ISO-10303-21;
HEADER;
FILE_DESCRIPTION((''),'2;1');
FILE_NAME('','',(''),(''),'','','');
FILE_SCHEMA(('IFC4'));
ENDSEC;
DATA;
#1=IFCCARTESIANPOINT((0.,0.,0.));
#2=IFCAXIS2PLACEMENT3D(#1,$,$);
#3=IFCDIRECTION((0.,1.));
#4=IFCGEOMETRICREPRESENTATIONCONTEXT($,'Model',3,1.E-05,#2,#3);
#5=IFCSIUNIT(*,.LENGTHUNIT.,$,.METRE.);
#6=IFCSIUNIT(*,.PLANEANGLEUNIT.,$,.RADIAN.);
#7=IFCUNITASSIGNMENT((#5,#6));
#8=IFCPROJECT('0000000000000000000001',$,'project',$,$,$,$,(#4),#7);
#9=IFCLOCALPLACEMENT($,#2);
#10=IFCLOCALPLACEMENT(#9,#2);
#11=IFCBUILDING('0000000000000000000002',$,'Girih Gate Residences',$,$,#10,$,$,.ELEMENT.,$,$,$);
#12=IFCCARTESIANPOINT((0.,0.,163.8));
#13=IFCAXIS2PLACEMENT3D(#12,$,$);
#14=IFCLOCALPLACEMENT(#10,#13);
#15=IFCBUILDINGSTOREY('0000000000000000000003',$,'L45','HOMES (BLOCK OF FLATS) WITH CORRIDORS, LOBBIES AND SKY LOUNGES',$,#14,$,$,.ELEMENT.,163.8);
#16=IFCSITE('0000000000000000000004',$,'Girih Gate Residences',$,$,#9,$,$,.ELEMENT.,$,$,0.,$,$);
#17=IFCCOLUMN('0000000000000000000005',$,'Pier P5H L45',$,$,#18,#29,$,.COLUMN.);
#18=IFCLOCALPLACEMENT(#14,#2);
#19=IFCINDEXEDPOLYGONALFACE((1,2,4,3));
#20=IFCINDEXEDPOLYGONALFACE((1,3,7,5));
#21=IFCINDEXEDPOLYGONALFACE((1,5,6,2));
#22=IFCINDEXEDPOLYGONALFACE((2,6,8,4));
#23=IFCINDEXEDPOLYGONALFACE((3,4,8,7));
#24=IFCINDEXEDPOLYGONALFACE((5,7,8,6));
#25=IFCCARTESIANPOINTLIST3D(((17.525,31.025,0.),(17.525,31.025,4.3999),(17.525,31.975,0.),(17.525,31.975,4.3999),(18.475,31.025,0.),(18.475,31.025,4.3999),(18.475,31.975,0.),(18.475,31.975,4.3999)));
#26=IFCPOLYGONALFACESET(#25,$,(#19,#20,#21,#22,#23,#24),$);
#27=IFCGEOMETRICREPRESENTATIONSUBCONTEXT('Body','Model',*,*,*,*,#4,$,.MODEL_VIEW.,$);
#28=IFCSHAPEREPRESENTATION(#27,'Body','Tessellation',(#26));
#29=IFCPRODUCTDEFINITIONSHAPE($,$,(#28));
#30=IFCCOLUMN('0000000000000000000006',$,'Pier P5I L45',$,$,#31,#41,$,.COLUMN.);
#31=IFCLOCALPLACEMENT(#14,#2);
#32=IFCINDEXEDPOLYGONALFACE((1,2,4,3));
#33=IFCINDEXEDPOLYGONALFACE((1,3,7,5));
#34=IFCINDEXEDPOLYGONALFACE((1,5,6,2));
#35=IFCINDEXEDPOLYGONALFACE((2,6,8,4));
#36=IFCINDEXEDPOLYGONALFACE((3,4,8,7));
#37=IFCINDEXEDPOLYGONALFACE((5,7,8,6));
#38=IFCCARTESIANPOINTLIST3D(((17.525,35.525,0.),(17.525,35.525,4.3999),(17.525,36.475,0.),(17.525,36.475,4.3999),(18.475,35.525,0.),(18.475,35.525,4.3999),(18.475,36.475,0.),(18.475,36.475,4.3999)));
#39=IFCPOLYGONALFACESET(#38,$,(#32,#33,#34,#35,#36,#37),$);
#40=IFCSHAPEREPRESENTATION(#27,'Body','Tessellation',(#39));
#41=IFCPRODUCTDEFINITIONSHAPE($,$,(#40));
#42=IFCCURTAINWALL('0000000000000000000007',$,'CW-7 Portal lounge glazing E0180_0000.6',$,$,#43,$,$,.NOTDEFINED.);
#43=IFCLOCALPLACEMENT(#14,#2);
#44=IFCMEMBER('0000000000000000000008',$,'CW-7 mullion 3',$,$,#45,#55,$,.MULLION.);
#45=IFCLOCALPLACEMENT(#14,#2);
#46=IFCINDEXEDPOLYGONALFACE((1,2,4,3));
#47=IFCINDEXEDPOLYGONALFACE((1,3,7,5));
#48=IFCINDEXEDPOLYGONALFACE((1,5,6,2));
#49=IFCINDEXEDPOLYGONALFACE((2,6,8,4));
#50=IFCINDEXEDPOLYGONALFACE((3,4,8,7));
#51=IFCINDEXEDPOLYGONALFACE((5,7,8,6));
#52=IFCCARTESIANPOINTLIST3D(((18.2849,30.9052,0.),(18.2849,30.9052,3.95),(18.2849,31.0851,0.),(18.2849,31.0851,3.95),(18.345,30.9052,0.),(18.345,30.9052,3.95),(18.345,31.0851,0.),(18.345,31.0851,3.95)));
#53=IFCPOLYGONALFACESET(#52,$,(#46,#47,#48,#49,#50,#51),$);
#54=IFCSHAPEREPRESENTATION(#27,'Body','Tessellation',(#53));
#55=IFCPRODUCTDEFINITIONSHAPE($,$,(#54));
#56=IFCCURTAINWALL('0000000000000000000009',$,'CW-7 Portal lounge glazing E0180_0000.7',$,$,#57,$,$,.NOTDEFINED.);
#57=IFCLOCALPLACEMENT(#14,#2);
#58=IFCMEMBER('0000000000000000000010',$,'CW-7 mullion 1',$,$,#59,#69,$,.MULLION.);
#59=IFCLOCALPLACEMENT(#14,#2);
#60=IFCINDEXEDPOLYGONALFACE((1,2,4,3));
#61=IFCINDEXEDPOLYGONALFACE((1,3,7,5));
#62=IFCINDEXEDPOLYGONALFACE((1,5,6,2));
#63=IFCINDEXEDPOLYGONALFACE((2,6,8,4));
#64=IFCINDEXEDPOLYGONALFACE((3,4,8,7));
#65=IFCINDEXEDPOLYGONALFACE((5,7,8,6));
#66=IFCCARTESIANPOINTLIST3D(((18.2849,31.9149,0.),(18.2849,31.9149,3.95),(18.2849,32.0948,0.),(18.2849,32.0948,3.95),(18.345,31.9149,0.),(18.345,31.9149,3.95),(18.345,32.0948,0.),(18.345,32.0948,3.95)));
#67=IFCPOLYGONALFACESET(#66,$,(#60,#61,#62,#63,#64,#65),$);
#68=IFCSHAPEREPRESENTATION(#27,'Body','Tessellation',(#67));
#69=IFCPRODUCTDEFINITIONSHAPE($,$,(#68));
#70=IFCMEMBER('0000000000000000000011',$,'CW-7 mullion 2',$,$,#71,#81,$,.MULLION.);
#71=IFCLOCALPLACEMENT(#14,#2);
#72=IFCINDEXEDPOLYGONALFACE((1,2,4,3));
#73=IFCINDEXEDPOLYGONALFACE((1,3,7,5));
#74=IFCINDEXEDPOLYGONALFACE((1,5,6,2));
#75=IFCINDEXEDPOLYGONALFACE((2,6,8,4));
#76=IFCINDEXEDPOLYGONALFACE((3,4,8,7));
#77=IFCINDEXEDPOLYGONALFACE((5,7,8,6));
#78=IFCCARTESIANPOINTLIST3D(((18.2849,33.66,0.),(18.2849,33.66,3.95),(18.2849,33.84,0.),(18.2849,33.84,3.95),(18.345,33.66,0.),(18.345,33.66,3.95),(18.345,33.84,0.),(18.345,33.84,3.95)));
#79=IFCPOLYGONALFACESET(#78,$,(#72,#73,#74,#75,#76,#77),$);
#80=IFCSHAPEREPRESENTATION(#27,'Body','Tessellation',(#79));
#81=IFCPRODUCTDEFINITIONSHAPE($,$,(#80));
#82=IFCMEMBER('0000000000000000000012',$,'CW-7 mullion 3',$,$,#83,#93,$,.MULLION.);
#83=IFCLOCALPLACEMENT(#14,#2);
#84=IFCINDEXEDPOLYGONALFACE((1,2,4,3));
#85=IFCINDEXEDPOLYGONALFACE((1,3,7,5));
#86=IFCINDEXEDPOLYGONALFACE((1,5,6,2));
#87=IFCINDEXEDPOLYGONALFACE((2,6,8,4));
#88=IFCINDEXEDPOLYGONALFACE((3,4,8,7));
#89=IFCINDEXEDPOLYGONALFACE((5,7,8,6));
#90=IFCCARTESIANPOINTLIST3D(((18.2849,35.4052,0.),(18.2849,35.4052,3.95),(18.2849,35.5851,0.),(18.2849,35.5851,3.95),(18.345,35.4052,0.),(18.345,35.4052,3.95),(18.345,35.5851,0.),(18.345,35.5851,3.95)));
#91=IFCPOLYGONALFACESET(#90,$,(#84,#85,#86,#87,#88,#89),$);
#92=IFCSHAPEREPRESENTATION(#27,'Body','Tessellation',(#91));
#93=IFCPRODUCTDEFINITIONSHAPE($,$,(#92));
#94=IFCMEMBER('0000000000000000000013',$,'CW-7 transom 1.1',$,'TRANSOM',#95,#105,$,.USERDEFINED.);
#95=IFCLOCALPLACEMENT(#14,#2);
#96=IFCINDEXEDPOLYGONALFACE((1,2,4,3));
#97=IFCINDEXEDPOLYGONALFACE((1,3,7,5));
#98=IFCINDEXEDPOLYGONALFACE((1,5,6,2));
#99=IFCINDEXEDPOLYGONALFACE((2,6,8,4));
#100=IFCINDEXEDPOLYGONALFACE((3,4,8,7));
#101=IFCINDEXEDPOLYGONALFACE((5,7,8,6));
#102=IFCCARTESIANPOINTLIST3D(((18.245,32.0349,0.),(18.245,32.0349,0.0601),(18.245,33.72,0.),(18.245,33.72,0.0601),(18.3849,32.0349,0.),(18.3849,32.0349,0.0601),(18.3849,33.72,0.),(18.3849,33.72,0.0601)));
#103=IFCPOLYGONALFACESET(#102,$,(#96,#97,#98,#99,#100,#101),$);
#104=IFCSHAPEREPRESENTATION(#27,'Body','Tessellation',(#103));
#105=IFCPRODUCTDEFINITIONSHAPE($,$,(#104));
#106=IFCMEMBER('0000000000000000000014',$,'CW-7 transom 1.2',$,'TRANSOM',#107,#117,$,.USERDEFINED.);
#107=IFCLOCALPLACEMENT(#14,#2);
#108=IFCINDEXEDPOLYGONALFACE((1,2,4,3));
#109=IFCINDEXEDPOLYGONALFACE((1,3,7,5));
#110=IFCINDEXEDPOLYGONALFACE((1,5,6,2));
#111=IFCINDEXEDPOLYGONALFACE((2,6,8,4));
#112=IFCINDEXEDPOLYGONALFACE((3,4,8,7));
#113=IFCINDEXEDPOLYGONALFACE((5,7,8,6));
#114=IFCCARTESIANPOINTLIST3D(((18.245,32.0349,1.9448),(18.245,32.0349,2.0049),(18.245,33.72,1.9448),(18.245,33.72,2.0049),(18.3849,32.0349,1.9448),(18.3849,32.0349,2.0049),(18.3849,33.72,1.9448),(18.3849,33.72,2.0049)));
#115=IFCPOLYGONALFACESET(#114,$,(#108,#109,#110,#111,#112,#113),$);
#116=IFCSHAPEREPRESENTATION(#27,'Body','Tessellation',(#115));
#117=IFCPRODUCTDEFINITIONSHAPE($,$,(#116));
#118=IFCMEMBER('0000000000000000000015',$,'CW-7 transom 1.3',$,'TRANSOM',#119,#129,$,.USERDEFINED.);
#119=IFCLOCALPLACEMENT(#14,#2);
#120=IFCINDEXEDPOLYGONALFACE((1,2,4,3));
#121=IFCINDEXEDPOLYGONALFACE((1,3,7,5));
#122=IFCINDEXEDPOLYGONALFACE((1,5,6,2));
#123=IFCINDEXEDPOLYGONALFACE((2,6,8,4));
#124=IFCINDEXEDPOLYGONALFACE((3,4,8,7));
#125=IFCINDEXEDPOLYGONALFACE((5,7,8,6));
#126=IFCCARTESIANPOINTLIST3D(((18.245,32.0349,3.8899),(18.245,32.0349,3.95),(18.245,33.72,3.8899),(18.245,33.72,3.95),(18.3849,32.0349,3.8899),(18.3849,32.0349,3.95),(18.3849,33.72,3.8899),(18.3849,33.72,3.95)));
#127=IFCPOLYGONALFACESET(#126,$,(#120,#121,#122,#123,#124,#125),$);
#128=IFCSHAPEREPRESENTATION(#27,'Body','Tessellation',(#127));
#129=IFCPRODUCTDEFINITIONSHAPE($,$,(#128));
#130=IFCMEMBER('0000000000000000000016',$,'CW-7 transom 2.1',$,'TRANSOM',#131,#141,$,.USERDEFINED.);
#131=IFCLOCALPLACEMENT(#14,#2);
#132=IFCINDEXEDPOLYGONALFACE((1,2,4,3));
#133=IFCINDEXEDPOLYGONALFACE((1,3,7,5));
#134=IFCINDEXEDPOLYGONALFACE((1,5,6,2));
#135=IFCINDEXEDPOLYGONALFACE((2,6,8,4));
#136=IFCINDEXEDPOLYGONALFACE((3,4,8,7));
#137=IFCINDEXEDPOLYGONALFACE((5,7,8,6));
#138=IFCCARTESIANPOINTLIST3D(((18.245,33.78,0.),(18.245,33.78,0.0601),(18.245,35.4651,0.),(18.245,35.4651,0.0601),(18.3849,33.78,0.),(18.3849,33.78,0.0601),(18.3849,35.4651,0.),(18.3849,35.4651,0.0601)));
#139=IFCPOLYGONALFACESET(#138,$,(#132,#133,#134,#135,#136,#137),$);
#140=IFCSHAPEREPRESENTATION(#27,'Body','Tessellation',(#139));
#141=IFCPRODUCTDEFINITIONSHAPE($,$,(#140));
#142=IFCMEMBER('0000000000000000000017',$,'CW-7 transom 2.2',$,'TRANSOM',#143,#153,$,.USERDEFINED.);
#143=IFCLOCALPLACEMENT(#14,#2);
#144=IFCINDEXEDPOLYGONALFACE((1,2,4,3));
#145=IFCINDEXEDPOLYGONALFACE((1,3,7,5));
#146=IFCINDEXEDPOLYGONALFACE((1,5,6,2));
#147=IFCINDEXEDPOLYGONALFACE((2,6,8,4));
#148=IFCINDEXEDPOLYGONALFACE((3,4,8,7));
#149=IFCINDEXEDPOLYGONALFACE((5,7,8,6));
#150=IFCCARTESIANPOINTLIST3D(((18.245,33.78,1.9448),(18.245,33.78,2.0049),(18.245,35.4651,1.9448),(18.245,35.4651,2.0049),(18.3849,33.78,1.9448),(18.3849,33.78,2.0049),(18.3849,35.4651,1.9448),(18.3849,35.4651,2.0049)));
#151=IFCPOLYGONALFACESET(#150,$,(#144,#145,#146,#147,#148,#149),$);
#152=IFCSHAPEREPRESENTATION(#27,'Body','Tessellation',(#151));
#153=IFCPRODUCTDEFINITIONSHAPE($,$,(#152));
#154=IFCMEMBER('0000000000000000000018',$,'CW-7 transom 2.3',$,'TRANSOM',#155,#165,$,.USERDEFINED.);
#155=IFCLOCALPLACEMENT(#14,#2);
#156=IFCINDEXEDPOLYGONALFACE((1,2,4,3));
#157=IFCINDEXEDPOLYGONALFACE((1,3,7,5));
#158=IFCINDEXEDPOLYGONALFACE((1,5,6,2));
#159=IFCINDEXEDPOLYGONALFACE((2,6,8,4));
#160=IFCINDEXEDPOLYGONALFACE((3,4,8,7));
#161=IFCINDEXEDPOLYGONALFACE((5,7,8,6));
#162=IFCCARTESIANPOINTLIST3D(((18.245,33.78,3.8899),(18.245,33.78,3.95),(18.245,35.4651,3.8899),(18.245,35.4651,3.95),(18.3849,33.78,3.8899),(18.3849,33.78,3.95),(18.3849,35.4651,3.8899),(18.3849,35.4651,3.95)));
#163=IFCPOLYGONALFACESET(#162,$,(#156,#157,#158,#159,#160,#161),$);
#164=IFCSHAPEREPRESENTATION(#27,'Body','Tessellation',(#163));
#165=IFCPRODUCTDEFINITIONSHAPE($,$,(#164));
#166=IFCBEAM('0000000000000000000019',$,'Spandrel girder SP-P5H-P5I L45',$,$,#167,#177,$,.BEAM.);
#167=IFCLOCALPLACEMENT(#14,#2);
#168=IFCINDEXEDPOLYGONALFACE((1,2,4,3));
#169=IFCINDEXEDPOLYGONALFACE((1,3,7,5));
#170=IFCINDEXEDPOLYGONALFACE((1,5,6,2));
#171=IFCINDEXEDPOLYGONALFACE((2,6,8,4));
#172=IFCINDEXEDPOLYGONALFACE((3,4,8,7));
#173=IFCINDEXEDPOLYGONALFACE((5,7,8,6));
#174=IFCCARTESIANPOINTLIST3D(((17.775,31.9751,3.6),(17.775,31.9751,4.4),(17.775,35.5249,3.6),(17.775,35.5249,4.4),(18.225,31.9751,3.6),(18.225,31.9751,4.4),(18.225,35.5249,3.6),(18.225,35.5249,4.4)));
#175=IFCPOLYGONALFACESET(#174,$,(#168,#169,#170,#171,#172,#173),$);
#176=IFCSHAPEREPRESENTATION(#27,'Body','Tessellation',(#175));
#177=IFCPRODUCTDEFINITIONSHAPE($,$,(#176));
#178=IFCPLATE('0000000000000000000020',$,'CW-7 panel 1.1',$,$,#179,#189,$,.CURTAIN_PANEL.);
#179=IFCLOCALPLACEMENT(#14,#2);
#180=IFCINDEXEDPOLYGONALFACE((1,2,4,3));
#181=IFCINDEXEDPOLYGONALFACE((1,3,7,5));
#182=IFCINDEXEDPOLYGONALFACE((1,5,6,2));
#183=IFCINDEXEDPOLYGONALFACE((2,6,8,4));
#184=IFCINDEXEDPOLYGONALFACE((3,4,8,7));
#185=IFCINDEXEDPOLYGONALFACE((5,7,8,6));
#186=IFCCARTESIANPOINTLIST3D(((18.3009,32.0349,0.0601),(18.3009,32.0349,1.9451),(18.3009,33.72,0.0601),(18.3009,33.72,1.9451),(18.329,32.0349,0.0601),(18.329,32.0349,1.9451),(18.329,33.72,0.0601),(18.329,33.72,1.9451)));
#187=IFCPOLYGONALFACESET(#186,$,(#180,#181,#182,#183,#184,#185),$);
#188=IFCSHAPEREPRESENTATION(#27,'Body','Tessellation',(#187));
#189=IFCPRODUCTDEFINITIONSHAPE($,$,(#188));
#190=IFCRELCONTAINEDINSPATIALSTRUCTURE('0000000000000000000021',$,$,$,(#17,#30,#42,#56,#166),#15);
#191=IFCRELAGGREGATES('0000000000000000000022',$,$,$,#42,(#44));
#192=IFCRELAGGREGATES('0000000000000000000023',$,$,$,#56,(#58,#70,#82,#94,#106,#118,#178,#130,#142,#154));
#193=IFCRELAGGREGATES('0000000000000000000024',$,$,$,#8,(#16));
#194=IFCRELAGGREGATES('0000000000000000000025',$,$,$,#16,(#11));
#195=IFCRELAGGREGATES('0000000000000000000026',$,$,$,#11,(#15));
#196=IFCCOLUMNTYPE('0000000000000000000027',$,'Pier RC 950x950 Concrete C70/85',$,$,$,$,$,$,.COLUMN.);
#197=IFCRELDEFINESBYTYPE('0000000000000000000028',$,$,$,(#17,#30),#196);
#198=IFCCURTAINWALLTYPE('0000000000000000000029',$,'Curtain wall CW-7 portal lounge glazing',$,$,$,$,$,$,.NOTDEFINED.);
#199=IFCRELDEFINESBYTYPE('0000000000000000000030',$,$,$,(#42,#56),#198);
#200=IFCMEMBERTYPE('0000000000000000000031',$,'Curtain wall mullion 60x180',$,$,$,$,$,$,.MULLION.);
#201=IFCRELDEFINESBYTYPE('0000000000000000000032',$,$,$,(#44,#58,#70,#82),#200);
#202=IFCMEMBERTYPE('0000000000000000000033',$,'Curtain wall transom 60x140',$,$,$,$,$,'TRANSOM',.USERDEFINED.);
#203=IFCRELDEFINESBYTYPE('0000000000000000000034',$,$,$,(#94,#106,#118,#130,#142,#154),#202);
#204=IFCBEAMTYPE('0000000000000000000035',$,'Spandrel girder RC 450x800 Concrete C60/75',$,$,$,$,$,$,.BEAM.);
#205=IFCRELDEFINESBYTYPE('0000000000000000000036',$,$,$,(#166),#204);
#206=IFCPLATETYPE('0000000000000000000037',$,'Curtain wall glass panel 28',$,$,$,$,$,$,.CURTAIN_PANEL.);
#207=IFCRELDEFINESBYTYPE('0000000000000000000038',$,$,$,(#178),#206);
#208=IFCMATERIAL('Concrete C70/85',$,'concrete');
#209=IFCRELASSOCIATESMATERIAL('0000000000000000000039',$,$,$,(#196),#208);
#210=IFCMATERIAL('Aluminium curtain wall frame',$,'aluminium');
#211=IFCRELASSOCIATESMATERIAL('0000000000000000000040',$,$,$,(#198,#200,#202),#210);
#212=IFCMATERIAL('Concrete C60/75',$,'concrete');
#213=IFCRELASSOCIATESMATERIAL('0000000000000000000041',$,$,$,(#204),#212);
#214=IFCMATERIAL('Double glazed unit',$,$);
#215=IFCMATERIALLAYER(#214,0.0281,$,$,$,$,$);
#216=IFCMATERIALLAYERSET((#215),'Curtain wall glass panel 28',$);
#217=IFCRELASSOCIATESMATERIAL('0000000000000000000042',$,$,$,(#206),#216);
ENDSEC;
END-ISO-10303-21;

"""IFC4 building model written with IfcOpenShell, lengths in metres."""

from ifc_helpers import new_model, si_unit, direction, frame, origin, origin_2d, place, context, subcontext, project, spatial, rectangle, extrude, material, layer, layer_set, material_profile, profile_set, type_object, element, aggregate, save


model = new_model("IFC4")

# Units and contexts
model_context = context("Model", 3, precision=1e-05, world=origin(), true_north=direction((0.0, 1.0)))
body_context = subcontext(model_context, "Body", "Model", "MODEL_VIEW")
ifc_project = project(units=[si_unit("LENGTHUNIT", "METRE"), si_unit("PLANEANGLEUNIT", "RADIAN")], contexts=[model_context])

# Site, building, storey
site_placement = place(None, origin())
site = spatial("IfcSite", under=ifc_project, at=site_placement, Name="Girih Gate Residences", CompositionType="ELEMENT", RefElevation=0.0)
building_placement = place(site_placement, origin())
building = spatial("IfcBuilding", under=site, at=building_placement, Name="Girih Gate Residences", CompositionType="ELEMENT")
storey_placement = place(building_placement, frame((0.0, 0.0, 163.8)))
storey = spatial("IfcBuildingStorey", under=building, at=storey_placement, Name="L45", Description="HOMES (BLOCK OF FLATS) WITH CORRIDORS, LOBBIES AND SKY LOUNGES", CompositionType="ELEMENT", Elevation=163.8)

# Columns
ifc_material_1 = material(Name="Concrete C70/85", Category="concrete")
ifc_material_profile_1 = material_profile(ifc_material_1, rectangle(XDim=0.95, YDim=0.95, at=origin_2d()))
ifc_profile_set_1 = profile_set([ifc_material_profile_1], Name="Concrete C70/85")
column_type = type_object("IfcColumnType", Name="Pier RC 950x950 Concrete C70/85", PredefinedType="COLUMN", material=ifc_profile_set_1)
for number, where, z_axis, x_axis, name in (
    (1, (18.0, 31.5, 0.0), (0.0, 0.0, 1.0), (1.0, 0.0, 0.0), "Pier P5H L45"),
    (2, (18.0, 36.0, 0.0), (0.0, 0.0, 1.0), (1.0, 0.0, 0.0), "Pier P5I L45"),
):
    element("IfcColumn", number, at=place(storey_placement, frame(where, z_axis=z_axis, x_axis=x_axis)), inside=storey, type_object=column_type, Name=name, PredefinedType="COLUMN", context=body_context, shape_type="SweptSolid", body=[
        extrude(rectangle(XDim=0.95, YDim=0.95, at=origin_2d()), origin(), (0.0, 0.0, 1.0), 4.3999),
    ])

# Curtain wall, member
ifc_material_2 = material(Name="Aluminium curtain wall frame", Category="aluminium")
curtain_wall_type = type_object("IfcCurtainWallType", Name="Curtain wall CW-7 portal lounge glazing", PredefinedType="NOTDEFINED", material=ifc_material_2)
curtain_wall_1_placement = place(storey_placement, origin())
curtain_wall_1 = element("IfcCurtainWall", 3, at=curtain_wall_1_placement, inside=storey, type_object=curtain_wall_type, Name="CW-7 Portal lounge glazing E0180_0000.6", PredefinedType="NOTDEFINED")
ifc_material_profile_2 = material_profile(ifc_material_2, rectangle(XDim=0.0601, YDim=0.1799, at=origin_2d()))
ifc_profile_set_2 = profile_set([ifc_material_profile_2], Name="Aluminium curtain wall frame")
member_type_1 = type_object("IfcMemberType", Name="Curtain wall mullion 60x180", PredefinedType="MULLION", material=ifc_profile_set_2)
member_1_placement = place(storey_placement, frame((18.3149, 30.9951, 0.0), z_axis=(0.0, 0.0, 1.0), x_axis=(-1.0, 0.0, 0.0)))
member_1 = element("IfcMember", 4, at=member_1_placement, type_object=member_type_1, Name="CW-7 mullion 3", PredefinedType="MULLION", context=body_context, shape_type="SweptSolid", body=[
    extrude(rectangle(XDim=0.0601, YDim=0.1799, at=origin_2d()), origin(), (0.0, 0.0, 1.0), 3.95),
])
aggregate(curtain_wall_1, [member_1])

# Curtain wall, members
curtain_wall_2_placement = place(storey_placement, origin())
curtain_wall_2 = element("IfcCurtainWall", 5, at=curtain_wall_2_placement, inside=storey, type_object=curtain_wall_type, Name="CW-7 Portal lounge glazing E0180_0000.7", PredefinedType="NOTDEFINED")
member_2_placement = place(storey_placement, frame((18.3149, 32.0049, 0.0), z_axis=(0.0, 0.0, 1.0), x_axis=(-1.0, 0.0, 0.0)))
member_2 = element("IfcMember", 6, at=member_2_placement, type_object=member_type_1, Name="CW-7 mullion 1", PredefinedType="MULLION", context=body_context, shape_type="SweptSolid", body=[
    extrude(rectangle(XDim=0.0601, YDim=0.1799, at=origin_2d()), origin(), (0.0, 0.0, 1.0), 3.95),
])
member_3_placement = place(storey_placement, frame((18.3149, 33.75, 0.0), z_axis=(0.0, 0.0, 1.0), x_axis=(-1.0, 0.0, 0.0)))
member_3 = element("IfcMember", 7, at=member_3_placement, type_object=member_type_1, Name="CW-7 mullion 2", PredefinedType="MULLION", context=body_context, shape_type="SweptSolid", body=[
    extrude(rectangle(XDim=0.0601, YDim=0.1799, at=origin_2d()), origin(), (0.0, 0.0, 1.0), 3.95),
])
member_4_placement = place(storey_placement, frame((18.3149, 35.4951, 0.0), z_axis=(0.0, 0.0, 1.0), x_axis=(-1.0, 0.0, 0.0)))
member_4 = element("IfcMember", 8, at=member_4_placement, type_object=member_type_1, Name="CW-7 mullion 3", PredefinedType="MULLION", context=body_context, shape_type="SweptSolid", body=[
    extrude(rectangle(XDim=0.0601, YDim=0.1799, at=origin_2d()), origin(), (0.0, 0.0, 1.0), 3.95),
])
ifc_material_profile_3 = material_profile(ifc_material_2, rectangle(XDim=0.1399, YDim=0.0601, at=origin_2d()))
ifc_profile_set_3 = profile_set([ifc_material_profile_3], Name="Aluminium curtain wall frame")
member_type_2 = type_object("IfcMemberType", Name="Curtain wall transom 60x140", ElementType="TRANSOM", PredefinedType="USERDEFINED", material=ifc_profile_set_3)
member_5_placement = place(storey_placement, frame((18.3149, 32.0349, 0.03), z_axis=(0.0, 1.0, 0.0), x_axis=(-1.0, 0.0, 0.0)))
member_5 = element("IfcMember", 9, at=member_5_placement, type_object=member_type_2, Name="CW-7 transom 1.1", ObjectType="TRANSOM", PredefinedType="USERDEFINED", context=body_context, shape_type="SweptSolid", body=[
    extrude(rectangle(XDim=0.1399, YDim=0.0601, at=origin_2d()), origin(), (0.0, 0.0, 1.0), 1.6851),
])
member_6_placement = place(storey_placement, frame((18.3149, 32.0349, 1.9749), z_axis=(0.0, 1.0, 0.0), x_axis=(-1.0, 0.0, 0.0)))
member_6 = element("IfcMember", 10, at=member_6_placement, type_object=member_type_2, Name="CW-7 transom 1.2", ObjectType="TRANSOM", PredefinedType="USERDEFINED", context=body_context, shape_type="SweptSolid", body=[
    extrude(rectangle(XDim=0.1399, YDim=0.0601, at=origin_2d()), origin(), (0.0, 0.0, 1.0), 1.6851),
])
member_7_placement = place(storey_placement, frame((18.3149, 32.0349, 3.9199), z_axis=(0.0, 1.0, 0.0), x_axis=(-1.0, 0.0, 0.0)))
member_7 = element("IfcMember", 11, at=member_7_placement, type_object=member_type_2, Name="CW-7 transom 1.3", ObjectType="TRANSOM", PredefinedType="USERDEFINED", context=body_context, shape_type="SweptSolid", body=[
    extrude(rectangle(XDim=0.1399, YDim=0.0601, at=origin_2d()), origin(), (0.0, 0.0, 1.0), 1.6851),
])
member_8_placement = place(storey_placement, frame((18.3149, 33.78, 0.03), z_axis=(0.0, 1.0, 0.0), x_axis=(-1.0, 0.0, 0.0)))
member_8 = element("IfcMember", 12, at=member_8_placement, type_object=member_type_2, Name="CW-7 transom 2.1", ObjectType="TRANSOM", PredefinedType="USERDEFINED", context=body_context, shape_type="SweptSolid", body=[
    extrude(rectangle(XDim=0.1399, YDim=0.0601, at=origin_2d()), origin(), (0.0, 0.0, 1.0), 1.6851),
])
member_9_placement = place(storey_placement, frame((18.3149, 33.78, 1.9749), z_axis=(0.0, 1.0, 0.0), x_axis=(-1.0, 0.0, 0.0)))
member_9 = element("IfcMember", 13, at=member_9_placement, type_object=member_type_2, Name="CW-7 transom 2.2", ObjectType="TRANSOM", PredefinedType="USERDEFINED", context=body_context, shape_type="SweptSolid", body=[
    extrude(rectangle(XDim=0.1399, YDim=0.0601, at=origin_2d()), origin(), (0.0, 0.0, 1.0), 1.6851),
])
member_10_placement = place(storey_placement, frame((18.3149, 33.78, 3.9199), z_axis=(0.0, 1.0, 0.0), x_axis=(-1.0, 0.0, 0.0)))
member_10 = element("IfcMember", 14, at=member_10_placement, type_object=member_type_2, Name="CW-7 transom 2.3", ObjectType="TRANSOM", PredefinedType="USERDEFINED", context=body_context, shape_type="SweptSolid", body=[
    extrude(rectangle(XDim=0.1399, YDim=0.0601, at=origin_2d()), origin(), (0.0, 0.0, 1.0), 1.6851),
])

# Beam
ifc_material_3 = material(Name="Concrete C60/75", Category="concrete")
ifc_material_profile_4 = material_profile(ifc_material_3, rectangle(XDim=0.45, YDim=0.8, at=origin_2d()))
ifc_profile_set_4 = profile_set([ifc_material_profile_4], Name="Concrete C60/75")
beam_type = type_object("IfcBeamType", Name="Spandrel girder RC 450x800 Concrete C60/75", PredefinedType="BEAM", material=ifc_profile_set_4)
beam_placement = place(storey_placement, frame((18.0, 31.9751, 4.0), z_axis=(0.0, 1.0, 0.0), x_axis=(-1.0, 0.0, 0.0)))
element("IfcBeam", 15, at=beam_placement, inside=storey, type_object=beam_type, Name="Spandrel girder SP-P5H-P5I L45", PredefinedType="BEAM", context=body_context, shape_type="SweptSolid", body=[
    extrude(rectangle(XDim=0.45, YDim=0.8, at=origin_2d()), origin(), (0.0, 0.0, 1.0), 3.5498),
])

# Plate
ifc_material_4 = material(Name="Double glazed unit")
ifc_layer_1 = layer(ifc_material_4, 0.0281)
ifc_layer_set_1 = layer_set([ifc_layer_1], Name="Curtain wall glass panel 28")
plate_type = type_object("IfcPlateType", Name="Curtain wall glass panel 28", PredefinedType="CURTAIN_PANEL", material=ifc_layer_set_1)
plate_1_placement = place(storey_placement, frame((18.3149, 32.8774, 0.0601), z_axis=(0.0, 0.0, 1.0), x_axis=(0.0, 1.0, 0.0)))
plate_1 = element("IfcPlate", 16, at=plate_1_placement, type_object=plate_type, Name="CW-7 panel 1.1", PredefinedType="CURTAIN_PANEL", context=body_context, shape_type="SweptSolid", body=[
    extrude(rectangle(XDim=1.6851, YDim=0.0281, at=origin_2d()), origin(), (0.0, 0.0, 1.0), 1.885),
])
aggregate(curtain_wall_2, [member_2, member_3, member_4, member_5, member_6, member_7, plate_1, member_8, member_9, member_10])

save(model, "model.ifc")
